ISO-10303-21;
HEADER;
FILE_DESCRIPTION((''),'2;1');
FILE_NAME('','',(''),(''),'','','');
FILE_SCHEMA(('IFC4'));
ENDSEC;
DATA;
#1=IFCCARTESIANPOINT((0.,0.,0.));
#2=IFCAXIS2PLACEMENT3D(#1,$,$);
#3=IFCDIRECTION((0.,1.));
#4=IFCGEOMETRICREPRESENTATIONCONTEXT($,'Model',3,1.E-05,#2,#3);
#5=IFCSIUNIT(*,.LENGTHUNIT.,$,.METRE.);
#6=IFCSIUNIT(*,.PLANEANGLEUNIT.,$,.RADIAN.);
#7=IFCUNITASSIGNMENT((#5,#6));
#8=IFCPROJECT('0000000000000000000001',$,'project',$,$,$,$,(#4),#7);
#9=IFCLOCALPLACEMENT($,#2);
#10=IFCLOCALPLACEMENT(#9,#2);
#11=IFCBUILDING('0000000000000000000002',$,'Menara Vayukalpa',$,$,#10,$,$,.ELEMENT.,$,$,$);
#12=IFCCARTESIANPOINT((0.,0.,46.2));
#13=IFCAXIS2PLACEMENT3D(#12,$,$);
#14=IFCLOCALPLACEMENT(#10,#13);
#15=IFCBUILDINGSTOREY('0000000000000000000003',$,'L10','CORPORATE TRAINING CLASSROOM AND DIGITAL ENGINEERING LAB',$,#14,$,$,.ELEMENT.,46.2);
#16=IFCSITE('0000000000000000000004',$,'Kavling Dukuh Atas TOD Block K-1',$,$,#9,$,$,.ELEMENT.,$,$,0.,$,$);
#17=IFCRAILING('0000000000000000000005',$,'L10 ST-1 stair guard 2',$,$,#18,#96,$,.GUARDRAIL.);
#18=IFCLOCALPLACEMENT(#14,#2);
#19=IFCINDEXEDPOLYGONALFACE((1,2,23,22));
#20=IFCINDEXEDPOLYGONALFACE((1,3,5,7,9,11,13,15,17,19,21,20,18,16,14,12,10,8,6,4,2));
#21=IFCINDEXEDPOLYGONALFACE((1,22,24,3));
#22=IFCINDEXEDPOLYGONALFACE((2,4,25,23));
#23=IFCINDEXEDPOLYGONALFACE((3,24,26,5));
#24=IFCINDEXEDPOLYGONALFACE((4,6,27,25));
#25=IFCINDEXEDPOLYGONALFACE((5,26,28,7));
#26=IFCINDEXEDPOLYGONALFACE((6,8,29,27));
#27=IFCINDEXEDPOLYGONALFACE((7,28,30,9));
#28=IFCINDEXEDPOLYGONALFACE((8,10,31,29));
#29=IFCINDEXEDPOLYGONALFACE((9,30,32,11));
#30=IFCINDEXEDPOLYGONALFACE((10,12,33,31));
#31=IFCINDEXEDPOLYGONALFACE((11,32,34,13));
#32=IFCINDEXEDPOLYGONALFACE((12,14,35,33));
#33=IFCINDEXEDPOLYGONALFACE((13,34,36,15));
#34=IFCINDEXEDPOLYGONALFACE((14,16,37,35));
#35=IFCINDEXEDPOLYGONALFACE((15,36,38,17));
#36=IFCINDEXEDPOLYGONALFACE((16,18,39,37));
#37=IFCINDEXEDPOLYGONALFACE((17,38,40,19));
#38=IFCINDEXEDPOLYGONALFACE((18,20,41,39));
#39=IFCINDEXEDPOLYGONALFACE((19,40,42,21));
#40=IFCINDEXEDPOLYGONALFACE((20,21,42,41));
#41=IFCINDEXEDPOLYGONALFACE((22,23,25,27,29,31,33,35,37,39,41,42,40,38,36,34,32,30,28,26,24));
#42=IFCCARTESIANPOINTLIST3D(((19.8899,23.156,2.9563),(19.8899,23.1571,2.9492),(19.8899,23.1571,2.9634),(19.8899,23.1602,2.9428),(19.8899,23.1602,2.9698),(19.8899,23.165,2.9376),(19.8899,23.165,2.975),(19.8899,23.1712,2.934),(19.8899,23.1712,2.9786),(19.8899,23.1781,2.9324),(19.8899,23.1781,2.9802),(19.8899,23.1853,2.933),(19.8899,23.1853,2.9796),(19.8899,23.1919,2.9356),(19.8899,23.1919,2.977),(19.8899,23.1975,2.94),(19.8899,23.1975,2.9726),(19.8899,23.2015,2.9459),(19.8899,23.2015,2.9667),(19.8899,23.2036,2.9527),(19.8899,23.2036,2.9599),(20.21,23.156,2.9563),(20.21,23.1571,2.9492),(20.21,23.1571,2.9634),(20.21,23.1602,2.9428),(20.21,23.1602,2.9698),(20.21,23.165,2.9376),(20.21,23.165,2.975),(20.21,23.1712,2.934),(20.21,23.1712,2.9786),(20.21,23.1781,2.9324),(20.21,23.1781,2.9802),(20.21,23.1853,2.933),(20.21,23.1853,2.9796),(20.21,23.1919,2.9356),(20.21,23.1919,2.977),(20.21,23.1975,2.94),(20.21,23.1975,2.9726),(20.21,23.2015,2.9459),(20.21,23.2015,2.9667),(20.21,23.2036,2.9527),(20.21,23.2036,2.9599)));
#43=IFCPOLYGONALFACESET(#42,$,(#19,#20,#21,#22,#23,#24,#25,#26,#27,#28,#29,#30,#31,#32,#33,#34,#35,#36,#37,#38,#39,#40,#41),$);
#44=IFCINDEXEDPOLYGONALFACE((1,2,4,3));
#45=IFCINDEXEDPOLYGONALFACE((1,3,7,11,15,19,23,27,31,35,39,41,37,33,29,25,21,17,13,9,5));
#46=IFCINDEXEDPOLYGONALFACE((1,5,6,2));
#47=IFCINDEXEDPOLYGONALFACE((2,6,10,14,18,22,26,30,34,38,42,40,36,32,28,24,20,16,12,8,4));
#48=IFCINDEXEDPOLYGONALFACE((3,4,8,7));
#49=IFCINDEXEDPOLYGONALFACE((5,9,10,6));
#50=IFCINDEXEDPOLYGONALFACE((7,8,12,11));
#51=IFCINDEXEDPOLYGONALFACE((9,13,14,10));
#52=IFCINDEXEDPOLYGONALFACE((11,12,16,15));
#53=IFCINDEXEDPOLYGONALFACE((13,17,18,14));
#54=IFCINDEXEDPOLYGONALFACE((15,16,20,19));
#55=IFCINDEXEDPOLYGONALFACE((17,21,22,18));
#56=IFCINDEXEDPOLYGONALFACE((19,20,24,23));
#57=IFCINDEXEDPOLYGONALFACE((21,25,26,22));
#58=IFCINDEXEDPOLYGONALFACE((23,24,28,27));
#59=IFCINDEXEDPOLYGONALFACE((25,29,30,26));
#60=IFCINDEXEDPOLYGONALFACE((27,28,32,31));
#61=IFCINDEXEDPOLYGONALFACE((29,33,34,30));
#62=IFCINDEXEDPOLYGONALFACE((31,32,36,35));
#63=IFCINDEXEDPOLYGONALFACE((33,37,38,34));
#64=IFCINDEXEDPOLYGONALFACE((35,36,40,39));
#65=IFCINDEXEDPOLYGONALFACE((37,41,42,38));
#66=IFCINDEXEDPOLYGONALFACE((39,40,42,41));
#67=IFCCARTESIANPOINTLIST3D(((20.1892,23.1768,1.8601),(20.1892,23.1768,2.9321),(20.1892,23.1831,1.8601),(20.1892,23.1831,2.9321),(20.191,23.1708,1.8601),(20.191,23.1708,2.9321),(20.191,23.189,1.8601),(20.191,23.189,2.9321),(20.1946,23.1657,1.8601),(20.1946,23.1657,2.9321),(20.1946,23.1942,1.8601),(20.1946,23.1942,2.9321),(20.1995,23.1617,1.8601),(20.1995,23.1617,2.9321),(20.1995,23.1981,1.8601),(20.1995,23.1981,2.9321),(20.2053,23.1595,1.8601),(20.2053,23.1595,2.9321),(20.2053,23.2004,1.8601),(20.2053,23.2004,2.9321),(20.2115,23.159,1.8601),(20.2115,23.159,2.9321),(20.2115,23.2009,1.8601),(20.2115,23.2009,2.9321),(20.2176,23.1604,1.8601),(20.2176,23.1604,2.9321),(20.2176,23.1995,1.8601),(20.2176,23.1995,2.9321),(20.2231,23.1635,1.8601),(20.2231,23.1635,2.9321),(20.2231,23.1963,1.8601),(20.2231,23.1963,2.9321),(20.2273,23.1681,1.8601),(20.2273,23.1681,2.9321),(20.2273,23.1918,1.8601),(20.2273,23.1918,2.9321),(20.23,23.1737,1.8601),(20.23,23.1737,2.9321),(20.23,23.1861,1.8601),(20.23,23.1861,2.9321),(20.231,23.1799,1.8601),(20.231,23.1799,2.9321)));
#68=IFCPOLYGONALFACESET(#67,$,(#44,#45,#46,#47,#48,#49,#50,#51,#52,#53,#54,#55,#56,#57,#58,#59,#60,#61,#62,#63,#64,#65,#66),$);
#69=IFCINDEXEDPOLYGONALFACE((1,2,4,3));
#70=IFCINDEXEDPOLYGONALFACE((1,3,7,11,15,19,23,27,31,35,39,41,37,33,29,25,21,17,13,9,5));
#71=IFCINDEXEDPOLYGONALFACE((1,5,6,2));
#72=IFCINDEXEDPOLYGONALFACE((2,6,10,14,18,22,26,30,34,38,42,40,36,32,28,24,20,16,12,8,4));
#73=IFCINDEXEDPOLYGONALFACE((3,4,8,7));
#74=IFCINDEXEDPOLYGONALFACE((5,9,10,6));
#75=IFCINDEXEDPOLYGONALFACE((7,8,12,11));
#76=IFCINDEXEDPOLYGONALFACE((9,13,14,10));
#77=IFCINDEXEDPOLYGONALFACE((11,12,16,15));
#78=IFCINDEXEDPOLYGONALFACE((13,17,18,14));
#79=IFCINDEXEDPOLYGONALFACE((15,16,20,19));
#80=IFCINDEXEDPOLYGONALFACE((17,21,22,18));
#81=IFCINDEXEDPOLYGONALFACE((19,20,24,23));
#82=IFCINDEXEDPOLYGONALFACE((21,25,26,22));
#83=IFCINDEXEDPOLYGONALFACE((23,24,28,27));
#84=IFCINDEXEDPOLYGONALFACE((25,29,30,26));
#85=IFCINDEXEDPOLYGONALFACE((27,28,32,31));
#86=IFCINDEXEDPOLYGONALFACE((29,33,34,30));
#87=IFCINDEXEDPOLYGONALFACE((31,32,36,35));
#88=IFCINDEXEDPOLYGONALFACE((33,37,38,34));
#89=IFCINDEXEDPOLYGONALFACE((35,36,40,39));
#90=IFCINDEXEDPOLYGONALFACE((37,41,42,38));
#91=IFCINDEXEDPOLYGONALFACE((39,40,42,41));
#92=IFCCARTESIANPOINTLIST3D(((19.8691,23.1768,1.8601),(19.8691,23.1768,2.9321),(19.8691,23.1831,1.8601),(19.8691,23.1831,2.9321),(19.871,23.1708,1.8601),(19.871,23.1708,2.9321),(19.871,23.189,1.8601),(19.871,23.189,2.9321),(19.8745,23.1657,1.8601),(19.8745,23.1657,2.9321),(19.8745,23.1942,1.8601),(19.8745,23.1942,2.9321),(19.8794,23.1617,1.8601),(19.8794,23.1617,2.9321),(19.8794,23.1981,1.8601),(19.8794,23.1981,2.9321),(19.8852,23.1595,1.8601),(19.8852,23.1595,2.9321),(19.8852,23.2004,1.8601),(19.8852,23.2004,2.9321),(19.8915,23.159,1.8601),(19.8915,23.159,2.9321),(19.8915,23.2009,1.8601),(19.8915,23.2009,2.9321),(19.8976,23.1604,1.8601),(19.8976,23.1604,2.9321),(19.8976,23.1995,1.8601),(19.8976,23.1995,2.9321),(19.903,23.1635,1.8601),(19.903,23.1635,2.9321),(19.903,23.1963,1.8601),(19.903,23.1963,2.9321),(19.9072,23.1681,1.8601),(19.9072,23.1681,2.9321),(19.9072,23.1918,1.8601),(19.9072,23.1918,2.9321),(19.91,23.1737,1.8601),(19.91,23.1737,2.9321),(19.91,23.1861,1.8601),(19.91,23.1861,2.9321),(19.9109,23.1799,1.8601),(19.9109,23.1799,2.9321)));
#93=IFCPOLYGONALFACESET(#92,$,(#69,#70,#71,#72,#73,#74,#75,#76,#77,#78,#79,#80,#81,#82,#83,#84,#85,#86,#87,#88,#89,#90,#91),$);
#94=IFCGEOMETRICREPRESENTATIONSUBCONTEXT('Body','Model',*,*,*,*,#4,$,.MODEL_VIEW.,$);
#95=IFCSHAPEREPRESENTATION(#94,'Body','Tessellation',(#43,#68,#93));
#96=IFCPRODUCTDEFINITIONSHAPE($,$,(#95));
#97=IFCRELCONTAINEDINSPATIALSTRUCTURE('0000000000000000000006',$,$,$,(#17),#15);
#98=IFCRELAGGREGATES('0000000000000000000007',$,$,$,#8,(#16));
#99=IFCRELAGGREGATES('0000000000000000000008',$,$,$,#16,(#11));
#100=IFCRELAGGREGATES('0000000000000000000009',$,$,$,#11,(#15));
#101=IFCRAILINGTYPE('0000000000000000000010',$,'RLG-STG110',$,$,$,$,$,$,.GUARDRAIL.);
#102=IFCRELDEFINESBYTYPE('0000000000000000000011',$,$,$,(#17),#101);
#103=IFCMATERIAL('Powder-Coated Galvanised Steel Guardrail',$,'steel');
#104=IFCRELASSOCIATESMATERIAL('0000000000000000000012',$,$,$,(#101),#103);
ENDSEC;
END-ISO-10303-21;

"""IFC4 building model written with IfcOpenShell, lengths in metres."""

from ifc_helpers import new_model, si_unit, direction, frame, origin, origin_2d, place, context, subcontext, project, spatial, circle, extrude, material, type_object, element, save


model = new_model("IFC4")

# Units and contexts
model_context = context("Model", 3, precision=1e-05, world=origin(), true_north=direction((0.0, 1.0)))
body_context = subcontext(model_context, "Body", "Model", "MODEL_VIEW")
ifc_project = project(units=[si_unit("LENGTHUNIT", "METRE"), si_unit("PLANEANGLEUNIT", "RADIAN")], contexts=[model_context])

# Site, building, storey
site_placement = place(None, origin())
site = spatial("IfcSite", under=ifc_project, at=site_placement, Name="Kavling Dukuh Atas TOD Block K-1", CompositionType="ELEMENT", RefElevation=0.0)
building_placement = place(site_placement, origin())
building = spatial("IfcBuilding", under=site, at=building_placement, Name="Menara Vayukalpa", CompositionType="ELEMENT")
storey_placement = place(building_placement, frame((0.0, 0.0, 46.2)))
storey = spatial("IfcBuildingStorey", under=building, at=storey_placement, Name="L10", Description="CORPORATE TRAINING CLASSROOM AND DIGITAL ENGINEERING LAB", CompositionType="ELEMENT", Elevation=46.2)

# Railing
ifc_material_1 = material(Name="Powder-Coated Galvanised Steel Guardrail", Category="steel")
railing_type_1 = type_object("IfcRailingType", Name="RLG-STG110", PredefinedType="GUARDRAIL", material=ifc_material_1)
railing_1_placement = place(storey_placement, frame((20.21, 23.1799, 1.8601)))
element("IfcRailing", 1, at=railing_1_placement, inside=storey, type_object=railing_type_1, Name="L10 ST-1 stair guard 2", PredefinedType="GUARDRAIL", context=body_context, shape_type="SweptSolid", body=[
    extrude(circle(Radius=0.0239, at=origin_2d()), frame((0.0, 0.0, 1.0962), z_axis=(-1.0, 0.0, 0.0), x_axis=(0.0, -1.0, 0.0)), (0.0, 0.0, 1.0), 0.3201),
    extrude(circle(Radius=0.021, at=origin_2d()), origin(), (0.0, 0.0, 1.0), 1.072),
    extrude(circle(Radius=0.021, at=origin_2d()), frame((-0.3201, 0.0, 0.0)), (0.0, 0.0, 1.0), 1.072),
])

save(model, "model.ifc")
